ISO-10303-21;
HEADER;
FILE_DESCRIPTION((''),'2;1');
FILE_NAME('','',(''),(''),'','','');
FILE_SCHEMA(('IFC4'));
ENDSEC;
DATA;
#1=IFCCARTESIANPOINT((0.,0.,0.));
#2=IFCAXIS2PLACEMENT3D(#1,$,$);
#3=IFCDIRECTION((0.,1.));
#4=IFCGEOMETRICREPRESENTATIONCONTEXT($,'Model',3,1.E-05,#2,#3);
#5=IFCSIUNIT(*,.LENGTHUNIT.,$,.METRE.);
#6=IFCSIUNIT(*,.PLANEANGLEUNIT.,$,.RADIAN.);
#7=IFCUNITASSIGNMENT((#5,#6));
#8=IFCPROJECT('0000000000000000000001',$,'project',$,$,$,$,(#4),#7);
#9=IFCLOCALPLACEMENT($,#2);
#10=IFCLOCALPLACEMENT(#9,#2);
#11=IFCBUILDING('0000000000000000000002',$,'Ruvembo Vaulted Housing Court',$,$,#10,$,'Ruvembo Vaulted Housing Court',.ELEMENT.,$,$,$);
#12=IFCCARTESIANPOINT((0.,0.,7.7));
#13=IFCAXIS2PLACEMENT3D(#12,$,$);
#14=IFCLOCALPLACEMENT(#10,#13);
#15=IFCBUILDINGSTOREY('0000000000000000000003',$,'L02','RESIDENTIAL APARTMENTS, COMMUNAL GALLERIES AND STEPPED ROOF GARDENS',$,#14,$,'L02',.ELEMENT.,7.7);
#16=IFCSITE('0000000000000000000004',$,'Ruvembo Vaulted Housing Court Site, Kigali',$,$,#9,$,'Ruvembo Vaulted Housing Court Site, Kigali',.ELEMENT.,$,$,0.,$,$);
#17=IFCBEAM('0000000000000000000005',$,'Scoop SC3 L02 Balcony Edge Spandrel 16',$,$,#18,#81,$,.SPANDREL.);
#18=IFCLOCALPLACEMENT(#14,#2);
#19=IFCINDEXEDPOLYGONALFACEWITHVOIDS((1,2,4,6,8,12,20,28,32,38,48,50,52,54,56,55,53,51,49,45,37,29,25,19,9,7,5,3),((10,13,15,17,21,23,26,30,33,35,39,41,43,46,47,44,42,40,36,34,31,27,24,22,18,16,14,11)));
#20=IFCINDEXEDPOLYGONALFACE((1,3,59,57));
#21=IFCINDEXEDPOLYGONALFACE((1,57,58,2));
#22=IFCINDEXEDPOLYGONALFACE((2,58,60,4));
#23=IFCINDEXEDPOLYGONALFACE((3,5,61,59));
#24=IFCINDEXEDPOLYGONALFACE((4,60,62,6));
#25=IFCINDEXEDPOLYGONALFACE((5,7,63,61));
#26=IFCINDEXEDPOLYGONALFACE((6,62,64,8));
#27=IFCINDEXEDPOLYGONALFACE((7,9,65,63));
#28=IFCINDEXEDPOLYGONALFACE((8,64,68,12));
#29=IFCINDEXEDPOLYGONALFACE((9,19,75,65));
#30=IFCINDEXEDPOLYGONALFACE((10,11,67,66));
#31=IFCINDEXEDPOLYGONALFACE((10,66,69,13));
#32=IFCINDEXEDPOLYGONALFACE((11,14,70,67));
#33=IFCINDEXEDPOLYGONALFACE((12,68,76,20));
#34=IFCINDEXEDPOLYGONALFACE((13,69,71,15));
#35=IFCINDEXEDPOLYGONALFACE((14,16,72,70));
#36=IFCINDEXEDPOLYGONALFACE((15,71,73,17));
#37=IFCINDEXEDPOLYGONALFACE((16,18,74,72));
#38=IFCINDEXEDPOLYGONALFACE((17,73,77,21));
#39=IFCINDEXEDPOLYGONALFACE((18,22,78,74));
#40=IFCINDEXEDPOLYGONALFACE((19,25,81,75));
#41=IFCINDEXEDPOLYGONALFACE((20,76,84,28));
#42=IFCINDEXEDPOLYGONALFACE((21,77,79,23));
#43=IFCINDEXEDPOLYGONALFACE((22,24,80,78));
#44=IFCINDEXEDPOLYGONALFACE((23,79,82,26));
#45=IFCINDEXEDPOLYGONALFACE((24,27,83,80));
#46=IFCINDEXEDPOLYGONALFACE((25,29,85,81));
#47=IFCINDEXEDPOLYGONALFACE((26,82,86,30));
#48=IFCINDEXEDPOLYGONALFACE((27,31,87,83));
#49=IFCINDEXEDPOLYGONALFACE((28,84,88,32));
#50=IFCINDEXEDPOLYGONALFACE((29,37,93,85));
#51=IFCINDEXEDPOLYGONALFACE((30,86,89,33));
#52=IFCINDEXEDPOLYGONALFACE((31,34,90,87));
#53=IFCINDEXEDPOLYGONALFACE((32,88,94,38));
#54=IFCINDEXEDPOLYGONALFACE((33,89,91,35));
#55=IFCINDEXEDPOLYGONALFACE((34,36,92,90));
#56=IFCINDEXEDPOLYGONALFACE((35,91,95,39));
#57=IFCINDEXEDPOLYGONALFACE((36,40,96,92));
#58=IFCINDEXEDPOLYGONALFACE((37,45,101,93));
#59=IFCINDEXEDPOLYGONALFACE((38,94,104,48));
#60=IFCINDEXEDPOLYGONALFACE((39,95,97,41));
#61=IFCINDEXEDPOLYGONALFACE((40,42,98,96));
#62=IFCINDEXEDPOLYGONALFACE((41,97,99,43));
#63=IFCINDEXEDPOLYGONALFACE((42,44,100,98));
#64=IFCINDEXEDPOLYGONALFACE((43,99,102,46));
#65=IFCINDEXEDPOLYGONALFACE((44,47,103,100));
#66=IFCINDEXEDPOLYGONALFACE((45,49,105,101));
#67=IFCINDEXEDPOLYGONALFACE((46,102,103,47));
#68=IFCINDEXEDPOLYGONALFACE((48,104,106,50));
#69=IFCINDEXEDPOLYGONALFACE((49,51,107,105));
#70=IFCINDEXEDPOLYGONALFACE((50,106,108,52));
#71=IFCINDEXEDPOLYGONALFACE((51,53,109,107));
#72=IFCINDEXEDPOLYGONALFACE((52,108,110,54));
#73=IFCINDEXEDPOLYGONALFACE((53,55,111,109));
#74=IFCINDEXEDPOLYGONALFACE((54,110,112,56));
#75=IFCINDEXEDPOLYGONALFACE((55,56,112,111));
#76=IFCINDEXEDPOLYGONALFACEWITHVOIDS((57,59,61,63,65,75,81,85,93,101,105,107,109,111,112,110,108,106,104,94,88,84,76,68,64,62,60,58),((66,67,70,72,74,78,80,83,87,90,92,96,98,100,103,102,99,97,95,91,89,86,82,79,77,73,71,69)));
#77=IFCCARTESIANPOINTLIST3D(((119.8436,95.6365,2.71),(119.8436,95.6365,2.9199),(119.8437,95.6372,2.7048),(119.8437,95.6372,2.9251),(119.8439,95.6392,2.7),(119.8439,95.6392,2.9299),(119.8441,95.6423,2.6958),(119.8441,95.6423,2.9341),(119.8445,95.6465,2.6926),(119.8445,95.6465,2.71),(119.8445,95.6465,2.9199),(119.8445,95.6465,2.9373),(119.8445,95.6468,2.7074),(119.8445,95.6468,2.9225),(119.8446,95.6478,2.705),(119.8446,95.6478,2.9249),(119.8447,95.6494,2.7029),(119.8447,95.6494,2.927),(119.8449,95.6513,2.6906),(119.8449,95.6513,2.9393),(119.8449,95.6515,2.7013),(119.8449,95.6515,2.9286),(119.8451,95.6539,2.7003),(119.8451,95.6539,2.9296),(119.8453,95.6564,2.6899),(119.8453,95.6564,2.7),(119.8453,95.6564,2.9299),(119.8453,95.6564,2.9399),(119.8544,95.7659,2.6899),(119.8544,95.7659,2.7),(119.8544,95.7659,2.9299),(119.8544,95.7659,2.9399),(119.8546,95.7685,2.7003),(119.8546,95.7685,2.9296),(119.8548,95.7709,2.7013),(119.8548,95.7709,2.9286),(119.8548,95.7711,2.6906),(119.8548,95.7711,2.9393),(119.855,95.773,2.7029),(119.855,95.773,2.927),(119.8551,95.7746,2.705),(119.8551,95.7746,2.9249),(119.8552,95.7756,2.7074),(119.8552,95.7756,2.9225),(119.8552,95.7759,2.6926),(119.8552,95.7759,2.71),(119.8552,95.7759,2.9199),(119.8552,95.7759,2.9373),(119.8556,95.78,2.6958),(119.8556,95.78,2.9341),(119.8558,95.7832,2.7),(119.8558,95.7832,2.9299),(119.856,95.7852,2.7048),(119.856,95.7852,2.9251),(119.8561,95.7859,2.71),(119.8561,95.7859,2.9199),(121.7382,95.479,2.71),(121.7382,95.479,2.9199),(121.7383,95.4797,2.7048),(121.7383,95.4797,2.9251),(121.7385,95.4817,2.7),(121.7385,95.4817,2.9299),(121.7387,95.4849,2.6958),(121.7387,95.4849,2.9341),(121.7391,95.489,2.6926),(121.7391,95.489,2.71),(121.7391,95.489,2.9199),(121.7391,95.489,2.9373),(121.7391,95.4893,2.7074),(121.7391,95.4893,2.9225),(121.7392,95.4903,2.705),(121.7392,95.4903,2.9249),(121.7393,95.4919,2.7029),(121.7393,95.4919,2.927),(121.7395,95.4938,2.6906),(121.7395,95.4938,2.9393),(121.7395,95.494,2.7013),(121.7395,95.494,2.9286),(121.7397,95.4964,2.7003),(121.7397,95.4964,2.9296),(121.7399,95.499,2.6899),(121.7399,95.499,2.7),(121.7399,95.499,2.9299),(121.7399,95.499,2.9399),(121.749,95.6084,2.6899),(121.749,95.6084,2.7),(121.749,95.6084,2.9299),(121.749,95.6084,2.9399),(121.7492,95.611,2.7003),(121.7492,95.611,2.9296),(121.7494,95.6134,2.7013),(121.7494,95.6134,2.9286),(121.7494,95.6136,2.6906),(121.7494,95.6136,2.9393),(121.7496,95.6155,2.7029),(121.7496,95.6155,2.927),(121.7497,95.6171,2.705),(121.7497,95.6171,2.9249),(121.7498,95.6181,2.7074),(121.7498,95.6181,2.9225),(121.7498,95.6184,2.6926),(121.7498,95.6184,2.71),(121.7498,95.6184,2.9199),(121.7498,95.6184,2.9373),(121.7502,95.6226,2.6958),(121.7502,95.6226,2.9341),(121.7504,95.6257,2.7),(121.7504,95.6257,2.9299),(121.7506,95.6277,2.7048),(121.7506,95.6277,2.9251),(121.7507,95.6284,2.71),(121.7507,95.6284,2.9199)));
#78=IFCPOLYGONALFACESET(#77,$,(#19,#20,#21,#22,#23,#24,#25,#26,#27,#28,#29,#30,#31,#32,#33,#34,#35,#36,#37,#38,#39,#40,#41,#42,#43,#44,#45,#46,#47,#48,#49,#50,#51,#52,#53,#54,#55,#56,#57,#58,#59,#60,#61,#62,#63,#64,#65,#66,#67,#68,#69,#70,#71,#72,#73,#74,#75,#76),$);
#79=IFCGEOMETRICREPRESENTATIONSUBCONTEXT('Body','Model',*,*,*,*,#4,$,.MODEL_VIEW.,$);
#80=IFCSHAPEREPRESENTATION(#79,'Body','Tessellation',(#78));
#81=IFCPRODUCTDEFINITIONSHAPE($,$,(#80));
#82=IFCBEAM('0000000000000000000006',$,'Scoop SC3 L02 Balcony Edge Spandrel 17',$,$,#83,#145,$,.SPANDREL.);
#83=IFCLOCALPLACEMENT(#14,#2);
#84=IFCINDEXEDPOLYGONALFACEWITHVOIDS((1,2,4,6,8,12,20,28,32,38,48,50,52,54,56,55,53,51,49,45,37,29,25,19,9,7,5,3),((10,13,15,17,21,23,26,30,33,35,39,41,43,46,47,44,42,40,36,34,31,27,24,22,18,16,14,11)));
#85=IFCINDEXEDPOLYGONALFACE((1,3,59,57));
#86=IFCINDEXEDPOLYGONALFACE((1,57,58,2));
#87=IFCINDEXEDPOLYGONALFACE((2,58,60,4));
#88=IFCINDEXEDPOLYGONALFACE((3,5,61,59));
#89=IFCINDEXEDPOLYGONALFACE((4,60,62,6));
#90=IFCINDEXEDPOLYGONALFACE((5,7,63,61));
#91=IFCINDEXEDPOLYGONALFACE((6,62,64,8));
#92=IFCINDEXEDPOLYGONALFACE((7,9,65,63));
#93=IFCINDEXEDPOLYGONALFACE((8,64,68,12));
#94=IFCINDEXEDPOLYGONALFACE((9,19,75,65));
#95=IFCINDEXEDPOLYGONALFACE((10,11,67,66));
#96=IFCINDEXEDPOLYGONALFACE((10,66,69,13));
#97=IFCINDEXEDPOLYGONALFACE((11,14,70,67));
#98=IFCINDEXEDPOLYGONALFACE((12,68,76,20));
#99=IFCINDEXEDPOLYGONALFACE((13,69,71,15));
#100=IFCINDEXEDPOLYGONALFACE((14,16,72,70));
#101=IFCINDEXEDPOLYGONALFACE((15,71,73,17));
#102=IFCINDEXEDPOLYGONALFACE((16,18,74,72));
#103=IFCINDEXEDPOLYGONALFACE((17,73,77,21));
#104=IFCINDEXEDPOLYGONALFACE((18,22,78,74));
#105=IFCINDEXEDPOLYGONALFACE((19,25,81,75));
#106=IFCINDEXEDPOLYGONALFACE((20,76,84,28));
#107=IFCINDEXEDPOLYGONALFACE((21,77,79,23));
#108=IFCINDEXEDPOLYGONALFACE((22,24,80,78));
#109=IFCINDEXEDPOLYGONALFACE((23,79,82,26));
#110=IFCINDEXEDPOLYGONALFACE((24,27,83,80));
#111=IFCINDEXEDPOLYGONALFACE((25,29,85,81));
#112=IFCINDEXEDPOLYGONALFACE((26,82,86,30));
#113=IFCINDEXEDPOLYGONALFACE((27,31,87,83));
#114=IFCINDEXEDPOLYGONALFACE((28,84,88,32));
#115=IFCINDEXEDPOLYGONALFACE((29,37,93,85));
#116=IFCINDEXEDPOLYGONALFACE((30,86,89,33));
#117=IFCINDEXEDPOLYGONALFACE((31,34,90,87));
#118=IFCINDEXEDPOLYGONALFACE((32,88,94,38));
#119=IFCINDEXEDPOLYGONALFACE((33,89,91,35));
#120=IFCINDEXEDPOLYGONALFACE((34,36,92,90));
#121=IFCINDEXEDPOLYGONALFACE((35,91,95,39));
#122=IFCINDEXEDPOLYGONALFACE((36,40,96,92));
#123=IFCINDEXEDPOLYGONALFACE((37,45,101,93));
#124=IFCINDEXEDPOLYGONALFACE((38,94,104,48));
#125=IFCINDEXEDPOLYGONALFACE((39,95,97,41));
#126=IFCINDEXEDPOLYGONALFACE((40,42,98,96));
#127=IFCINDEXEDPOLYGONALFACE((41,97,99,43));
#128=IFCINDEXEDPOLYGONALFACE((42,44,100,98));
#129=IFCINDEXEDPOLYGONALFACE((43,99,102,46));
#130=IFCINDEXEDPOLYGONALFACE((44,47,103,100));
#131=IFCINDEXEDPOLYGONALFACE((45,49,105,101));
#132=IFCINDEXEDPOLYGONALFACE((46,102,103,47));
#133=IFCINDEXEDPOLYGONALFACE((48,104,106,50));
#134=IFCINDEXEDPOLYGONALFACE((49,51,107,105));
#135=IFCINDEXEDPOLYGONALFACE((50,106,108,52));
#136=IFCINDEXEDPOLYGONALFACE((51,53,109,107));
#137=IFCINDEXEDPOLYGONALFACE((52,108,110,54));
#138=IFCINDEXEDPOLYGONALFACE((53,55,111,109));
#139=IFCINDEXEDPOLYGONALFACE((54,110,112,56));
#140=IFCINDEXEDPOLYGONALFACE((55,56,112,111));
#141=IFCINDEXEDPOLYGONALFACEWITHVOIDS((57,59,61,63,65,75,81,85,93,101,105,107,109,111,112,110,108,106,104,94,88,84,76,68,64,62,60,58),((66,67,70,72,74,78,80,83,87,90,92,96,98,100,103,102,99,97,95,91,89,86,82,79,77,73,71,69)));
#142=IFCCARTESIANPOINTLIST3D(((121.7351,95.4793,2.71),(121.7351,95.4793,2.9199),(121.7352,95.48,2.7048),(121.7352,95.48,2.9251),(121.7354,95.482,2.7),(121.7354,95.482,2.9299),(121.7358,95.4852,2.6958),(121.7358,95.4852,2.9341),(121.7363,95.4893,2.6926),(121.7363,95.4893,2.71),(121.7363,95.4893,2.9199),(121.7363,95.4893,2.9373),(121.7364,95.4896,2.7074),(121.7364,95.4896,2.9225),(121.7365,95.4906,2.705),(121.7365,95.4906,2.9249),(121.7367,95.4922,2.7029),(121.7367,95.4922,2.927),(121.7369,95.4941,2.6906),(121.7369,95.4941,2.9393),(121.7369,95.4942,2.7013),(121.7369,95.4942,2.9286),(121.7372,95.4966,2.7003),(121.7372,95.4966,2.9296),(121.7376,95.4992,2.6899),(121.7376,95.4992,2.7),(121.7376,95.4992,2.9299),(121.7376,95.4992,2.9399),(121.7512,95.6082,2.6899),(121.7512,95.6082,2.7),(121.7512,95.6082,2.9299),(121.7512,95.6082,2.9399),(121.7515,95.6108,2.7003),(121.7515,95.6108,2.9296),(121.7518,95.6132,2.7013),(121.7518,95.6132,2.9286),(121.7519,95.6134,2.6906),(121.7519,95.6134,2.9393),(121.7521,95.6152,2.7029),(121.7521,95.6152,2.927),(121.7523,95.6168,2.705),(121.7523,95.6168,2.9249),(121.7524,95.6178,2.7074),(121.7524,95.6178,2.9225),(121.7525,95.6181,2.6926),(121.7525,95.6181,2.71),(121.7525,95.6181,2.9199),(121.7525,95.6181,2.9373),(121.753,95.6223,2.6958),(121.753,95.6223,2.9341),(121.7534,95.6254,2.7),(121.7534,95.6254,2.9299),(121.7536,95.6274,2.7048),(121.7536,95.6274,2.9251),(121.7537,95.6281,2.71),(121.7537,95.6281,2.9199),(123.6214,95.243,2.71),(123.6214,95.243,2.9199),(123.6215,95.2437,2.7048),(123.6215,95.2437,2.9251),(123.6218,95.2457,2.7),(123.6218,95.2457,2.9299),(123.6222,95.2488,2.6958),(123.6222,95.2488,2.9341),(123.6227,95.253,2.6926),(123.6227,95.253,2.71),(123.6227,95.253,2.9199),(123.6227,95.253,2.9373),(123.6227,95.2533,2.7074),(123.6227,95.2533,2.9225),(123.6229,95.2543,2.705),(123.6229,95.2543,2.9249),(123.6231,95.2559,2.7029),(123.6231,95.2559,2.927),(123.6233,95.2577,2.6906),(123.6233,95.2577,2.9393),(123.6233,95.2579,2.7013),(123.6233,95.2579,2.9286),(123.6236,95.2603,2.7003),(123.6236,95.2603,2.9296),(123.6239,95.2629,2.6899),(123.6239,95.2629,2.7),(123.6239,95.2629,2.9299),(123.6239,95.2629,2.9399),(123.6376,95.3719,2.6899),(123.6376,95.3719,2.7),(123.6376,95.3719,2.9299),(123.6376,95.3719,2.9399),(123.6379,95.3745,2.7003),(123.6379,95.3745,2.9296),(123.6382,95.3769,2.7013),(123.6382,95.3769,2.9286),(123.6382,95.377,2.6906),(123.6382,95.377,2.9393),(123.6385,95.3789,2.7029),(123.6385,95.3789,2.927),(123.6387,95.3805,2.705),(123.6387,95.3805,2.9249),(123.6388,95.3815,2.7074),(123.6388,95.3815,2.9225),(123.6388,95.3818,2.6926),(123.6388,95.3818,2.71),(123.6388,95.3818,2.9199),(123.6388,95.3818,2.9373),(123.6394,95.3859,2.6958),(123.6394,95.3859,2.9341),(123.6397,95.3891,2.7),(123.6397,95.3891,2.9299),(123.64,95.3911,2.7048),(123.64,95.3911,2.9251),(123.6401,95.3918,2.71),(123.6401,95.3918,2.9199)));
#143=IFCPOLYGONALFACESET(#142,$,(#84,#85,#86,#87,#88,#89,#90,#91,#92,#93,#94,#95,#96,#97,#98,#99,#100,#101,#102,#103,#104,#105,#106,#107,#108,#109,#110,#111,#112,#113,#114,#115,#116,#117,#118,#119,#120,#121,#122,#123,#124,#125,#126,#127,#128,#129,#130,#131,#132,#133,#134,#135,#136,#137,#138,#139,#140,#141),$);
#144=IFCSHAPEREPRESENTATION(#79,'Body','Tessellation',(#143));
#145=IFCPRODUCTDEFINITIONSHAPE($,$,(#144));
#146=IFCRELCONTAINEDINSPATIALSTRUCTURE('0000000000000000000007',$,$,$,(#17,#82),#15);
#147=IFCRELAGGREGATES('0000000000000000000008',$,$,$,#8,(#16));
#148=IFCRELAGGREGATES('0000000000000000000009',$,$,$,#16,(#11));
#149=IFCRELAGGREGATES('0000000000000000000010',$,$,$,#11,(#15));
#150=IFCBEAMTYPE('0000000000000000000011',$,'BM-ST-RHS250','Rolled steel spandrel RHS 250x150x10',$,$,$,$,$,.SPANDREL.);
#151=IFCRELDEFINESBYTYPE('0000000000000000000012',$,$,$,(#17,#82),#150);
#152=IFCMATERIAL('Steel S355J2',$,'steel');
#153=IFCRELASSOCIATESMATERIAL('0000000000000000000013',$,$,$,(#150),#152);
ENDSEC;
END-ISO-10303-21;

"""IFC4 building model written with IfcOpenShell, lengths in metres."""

from ifc_helpers import new_model, si_unit, direction, frame, origin, origin_2d, place, context, subcontext, project, spatial, hollow_rectangle, extrude, material, material_profile, profile_set, type_object, element, save


model = new_model("IFC4")

# Units and contexts
model_context = context("Model", 3, precision=1e-05, world=origin(), true_north=direction((0.0, 1.0)))
body_context = subcontext(model_context, "Body", "Model", "MODEL_VIEW")
ifc_project = project(units=[si_unit("LENGTHUNIT", "METRE"), si_unit("PLANEANGLEUNIT", "RADIAN")], contexts=[model_context])

# Site, building, storey
site_placement = place(None, origin())
site = spatial("IfcSite", under=ifc_project, at=site_placement, Name="Ruvembo Vaulted Housing Court Site, Kigali", LongName="Ruvembo Vaulted Housing Court Site, Kigali", CompositionType="ELEMENT", RefElevation=0.0)
building_placement = place(site_placement, origin())
building = spatial("IfcBuilding", under=site, at=building_placement, Name="Ruvembo Vaulted Housing Court", LongName="Ruvembo Vaulted Housing Court", CompositionType="ELEMENT")
storey_placement = place(building_placement, frame((0.0, 0.0, 7.7)))
storey = spatial("IfcBuildingStorey", under=building, at=storey_placement, Name="L02", Description="RESIDENTIAL APARTMENTS, COMMUNAL GALLERIES AND STEPPED ROOF GARDENS", LongName="L02", CompositionType="ELEMENT", Elevation=7.7)

# Beams
ifc_material_1 = material(Name="Steel S355J2", Category="steel")
ifc_material_profile_1 = material_profile(ifc_material_1, hollow_rectangle(XDim=0.1499, YDim=0.25, WallThickness=0.01, InnerFilletRadius=0.01, OuterFilletRadius=0.02, at=origin_2d()), Name="RHS 250x150x10")
ifc_profile_set_1 = profile_set([ifc_material_profile_1], Name="Steel S355J2")
beam_type = type_object("IfcBeamType", Name="BM-ST-RHS250", Description="Rolled steel spandrel RHS 250x150x10", PredefinedType="SPANDREL", material=ifc_profile_set_1)
for number, where, z_axis, x_axis, name in (
    (1, (119.8499, 95.7112, 2.8149), (0.996563, -0.082833, 0.0), (0.082833, 0.996563, 0.0), "Scoop SC3 L02 Balcony Edge Spandrel 16"),
    (2, (121.7444, 95.5537, 2.8149), (0.992244, -0.124303, 0.0), (0.124303, 0.992244, 0.0), "Scoop SC3 L02 Balcony Edge Spandrel 17"),
):
    element("IfcBeam", number, at=place(storey_placement, frame(where, z_axis=z_axis, x_axis=x_axis)), inside=storey, type_object=beam_type, Name=name, PredefinedType="SPANDREL", context=body_context, shape_type="SweptSolid", body=[
        extrude(hollow_rectangle(XDim=0.1499, YDim=0.25, WallThickness=0.01, InnerFilletRadius=0.01, OuterFilletRadius=0.02, at=origin_2d()), origin(), (0.0, 0.0, 1.0), 1.9011),
    ])

save(model, "model.ifc")
